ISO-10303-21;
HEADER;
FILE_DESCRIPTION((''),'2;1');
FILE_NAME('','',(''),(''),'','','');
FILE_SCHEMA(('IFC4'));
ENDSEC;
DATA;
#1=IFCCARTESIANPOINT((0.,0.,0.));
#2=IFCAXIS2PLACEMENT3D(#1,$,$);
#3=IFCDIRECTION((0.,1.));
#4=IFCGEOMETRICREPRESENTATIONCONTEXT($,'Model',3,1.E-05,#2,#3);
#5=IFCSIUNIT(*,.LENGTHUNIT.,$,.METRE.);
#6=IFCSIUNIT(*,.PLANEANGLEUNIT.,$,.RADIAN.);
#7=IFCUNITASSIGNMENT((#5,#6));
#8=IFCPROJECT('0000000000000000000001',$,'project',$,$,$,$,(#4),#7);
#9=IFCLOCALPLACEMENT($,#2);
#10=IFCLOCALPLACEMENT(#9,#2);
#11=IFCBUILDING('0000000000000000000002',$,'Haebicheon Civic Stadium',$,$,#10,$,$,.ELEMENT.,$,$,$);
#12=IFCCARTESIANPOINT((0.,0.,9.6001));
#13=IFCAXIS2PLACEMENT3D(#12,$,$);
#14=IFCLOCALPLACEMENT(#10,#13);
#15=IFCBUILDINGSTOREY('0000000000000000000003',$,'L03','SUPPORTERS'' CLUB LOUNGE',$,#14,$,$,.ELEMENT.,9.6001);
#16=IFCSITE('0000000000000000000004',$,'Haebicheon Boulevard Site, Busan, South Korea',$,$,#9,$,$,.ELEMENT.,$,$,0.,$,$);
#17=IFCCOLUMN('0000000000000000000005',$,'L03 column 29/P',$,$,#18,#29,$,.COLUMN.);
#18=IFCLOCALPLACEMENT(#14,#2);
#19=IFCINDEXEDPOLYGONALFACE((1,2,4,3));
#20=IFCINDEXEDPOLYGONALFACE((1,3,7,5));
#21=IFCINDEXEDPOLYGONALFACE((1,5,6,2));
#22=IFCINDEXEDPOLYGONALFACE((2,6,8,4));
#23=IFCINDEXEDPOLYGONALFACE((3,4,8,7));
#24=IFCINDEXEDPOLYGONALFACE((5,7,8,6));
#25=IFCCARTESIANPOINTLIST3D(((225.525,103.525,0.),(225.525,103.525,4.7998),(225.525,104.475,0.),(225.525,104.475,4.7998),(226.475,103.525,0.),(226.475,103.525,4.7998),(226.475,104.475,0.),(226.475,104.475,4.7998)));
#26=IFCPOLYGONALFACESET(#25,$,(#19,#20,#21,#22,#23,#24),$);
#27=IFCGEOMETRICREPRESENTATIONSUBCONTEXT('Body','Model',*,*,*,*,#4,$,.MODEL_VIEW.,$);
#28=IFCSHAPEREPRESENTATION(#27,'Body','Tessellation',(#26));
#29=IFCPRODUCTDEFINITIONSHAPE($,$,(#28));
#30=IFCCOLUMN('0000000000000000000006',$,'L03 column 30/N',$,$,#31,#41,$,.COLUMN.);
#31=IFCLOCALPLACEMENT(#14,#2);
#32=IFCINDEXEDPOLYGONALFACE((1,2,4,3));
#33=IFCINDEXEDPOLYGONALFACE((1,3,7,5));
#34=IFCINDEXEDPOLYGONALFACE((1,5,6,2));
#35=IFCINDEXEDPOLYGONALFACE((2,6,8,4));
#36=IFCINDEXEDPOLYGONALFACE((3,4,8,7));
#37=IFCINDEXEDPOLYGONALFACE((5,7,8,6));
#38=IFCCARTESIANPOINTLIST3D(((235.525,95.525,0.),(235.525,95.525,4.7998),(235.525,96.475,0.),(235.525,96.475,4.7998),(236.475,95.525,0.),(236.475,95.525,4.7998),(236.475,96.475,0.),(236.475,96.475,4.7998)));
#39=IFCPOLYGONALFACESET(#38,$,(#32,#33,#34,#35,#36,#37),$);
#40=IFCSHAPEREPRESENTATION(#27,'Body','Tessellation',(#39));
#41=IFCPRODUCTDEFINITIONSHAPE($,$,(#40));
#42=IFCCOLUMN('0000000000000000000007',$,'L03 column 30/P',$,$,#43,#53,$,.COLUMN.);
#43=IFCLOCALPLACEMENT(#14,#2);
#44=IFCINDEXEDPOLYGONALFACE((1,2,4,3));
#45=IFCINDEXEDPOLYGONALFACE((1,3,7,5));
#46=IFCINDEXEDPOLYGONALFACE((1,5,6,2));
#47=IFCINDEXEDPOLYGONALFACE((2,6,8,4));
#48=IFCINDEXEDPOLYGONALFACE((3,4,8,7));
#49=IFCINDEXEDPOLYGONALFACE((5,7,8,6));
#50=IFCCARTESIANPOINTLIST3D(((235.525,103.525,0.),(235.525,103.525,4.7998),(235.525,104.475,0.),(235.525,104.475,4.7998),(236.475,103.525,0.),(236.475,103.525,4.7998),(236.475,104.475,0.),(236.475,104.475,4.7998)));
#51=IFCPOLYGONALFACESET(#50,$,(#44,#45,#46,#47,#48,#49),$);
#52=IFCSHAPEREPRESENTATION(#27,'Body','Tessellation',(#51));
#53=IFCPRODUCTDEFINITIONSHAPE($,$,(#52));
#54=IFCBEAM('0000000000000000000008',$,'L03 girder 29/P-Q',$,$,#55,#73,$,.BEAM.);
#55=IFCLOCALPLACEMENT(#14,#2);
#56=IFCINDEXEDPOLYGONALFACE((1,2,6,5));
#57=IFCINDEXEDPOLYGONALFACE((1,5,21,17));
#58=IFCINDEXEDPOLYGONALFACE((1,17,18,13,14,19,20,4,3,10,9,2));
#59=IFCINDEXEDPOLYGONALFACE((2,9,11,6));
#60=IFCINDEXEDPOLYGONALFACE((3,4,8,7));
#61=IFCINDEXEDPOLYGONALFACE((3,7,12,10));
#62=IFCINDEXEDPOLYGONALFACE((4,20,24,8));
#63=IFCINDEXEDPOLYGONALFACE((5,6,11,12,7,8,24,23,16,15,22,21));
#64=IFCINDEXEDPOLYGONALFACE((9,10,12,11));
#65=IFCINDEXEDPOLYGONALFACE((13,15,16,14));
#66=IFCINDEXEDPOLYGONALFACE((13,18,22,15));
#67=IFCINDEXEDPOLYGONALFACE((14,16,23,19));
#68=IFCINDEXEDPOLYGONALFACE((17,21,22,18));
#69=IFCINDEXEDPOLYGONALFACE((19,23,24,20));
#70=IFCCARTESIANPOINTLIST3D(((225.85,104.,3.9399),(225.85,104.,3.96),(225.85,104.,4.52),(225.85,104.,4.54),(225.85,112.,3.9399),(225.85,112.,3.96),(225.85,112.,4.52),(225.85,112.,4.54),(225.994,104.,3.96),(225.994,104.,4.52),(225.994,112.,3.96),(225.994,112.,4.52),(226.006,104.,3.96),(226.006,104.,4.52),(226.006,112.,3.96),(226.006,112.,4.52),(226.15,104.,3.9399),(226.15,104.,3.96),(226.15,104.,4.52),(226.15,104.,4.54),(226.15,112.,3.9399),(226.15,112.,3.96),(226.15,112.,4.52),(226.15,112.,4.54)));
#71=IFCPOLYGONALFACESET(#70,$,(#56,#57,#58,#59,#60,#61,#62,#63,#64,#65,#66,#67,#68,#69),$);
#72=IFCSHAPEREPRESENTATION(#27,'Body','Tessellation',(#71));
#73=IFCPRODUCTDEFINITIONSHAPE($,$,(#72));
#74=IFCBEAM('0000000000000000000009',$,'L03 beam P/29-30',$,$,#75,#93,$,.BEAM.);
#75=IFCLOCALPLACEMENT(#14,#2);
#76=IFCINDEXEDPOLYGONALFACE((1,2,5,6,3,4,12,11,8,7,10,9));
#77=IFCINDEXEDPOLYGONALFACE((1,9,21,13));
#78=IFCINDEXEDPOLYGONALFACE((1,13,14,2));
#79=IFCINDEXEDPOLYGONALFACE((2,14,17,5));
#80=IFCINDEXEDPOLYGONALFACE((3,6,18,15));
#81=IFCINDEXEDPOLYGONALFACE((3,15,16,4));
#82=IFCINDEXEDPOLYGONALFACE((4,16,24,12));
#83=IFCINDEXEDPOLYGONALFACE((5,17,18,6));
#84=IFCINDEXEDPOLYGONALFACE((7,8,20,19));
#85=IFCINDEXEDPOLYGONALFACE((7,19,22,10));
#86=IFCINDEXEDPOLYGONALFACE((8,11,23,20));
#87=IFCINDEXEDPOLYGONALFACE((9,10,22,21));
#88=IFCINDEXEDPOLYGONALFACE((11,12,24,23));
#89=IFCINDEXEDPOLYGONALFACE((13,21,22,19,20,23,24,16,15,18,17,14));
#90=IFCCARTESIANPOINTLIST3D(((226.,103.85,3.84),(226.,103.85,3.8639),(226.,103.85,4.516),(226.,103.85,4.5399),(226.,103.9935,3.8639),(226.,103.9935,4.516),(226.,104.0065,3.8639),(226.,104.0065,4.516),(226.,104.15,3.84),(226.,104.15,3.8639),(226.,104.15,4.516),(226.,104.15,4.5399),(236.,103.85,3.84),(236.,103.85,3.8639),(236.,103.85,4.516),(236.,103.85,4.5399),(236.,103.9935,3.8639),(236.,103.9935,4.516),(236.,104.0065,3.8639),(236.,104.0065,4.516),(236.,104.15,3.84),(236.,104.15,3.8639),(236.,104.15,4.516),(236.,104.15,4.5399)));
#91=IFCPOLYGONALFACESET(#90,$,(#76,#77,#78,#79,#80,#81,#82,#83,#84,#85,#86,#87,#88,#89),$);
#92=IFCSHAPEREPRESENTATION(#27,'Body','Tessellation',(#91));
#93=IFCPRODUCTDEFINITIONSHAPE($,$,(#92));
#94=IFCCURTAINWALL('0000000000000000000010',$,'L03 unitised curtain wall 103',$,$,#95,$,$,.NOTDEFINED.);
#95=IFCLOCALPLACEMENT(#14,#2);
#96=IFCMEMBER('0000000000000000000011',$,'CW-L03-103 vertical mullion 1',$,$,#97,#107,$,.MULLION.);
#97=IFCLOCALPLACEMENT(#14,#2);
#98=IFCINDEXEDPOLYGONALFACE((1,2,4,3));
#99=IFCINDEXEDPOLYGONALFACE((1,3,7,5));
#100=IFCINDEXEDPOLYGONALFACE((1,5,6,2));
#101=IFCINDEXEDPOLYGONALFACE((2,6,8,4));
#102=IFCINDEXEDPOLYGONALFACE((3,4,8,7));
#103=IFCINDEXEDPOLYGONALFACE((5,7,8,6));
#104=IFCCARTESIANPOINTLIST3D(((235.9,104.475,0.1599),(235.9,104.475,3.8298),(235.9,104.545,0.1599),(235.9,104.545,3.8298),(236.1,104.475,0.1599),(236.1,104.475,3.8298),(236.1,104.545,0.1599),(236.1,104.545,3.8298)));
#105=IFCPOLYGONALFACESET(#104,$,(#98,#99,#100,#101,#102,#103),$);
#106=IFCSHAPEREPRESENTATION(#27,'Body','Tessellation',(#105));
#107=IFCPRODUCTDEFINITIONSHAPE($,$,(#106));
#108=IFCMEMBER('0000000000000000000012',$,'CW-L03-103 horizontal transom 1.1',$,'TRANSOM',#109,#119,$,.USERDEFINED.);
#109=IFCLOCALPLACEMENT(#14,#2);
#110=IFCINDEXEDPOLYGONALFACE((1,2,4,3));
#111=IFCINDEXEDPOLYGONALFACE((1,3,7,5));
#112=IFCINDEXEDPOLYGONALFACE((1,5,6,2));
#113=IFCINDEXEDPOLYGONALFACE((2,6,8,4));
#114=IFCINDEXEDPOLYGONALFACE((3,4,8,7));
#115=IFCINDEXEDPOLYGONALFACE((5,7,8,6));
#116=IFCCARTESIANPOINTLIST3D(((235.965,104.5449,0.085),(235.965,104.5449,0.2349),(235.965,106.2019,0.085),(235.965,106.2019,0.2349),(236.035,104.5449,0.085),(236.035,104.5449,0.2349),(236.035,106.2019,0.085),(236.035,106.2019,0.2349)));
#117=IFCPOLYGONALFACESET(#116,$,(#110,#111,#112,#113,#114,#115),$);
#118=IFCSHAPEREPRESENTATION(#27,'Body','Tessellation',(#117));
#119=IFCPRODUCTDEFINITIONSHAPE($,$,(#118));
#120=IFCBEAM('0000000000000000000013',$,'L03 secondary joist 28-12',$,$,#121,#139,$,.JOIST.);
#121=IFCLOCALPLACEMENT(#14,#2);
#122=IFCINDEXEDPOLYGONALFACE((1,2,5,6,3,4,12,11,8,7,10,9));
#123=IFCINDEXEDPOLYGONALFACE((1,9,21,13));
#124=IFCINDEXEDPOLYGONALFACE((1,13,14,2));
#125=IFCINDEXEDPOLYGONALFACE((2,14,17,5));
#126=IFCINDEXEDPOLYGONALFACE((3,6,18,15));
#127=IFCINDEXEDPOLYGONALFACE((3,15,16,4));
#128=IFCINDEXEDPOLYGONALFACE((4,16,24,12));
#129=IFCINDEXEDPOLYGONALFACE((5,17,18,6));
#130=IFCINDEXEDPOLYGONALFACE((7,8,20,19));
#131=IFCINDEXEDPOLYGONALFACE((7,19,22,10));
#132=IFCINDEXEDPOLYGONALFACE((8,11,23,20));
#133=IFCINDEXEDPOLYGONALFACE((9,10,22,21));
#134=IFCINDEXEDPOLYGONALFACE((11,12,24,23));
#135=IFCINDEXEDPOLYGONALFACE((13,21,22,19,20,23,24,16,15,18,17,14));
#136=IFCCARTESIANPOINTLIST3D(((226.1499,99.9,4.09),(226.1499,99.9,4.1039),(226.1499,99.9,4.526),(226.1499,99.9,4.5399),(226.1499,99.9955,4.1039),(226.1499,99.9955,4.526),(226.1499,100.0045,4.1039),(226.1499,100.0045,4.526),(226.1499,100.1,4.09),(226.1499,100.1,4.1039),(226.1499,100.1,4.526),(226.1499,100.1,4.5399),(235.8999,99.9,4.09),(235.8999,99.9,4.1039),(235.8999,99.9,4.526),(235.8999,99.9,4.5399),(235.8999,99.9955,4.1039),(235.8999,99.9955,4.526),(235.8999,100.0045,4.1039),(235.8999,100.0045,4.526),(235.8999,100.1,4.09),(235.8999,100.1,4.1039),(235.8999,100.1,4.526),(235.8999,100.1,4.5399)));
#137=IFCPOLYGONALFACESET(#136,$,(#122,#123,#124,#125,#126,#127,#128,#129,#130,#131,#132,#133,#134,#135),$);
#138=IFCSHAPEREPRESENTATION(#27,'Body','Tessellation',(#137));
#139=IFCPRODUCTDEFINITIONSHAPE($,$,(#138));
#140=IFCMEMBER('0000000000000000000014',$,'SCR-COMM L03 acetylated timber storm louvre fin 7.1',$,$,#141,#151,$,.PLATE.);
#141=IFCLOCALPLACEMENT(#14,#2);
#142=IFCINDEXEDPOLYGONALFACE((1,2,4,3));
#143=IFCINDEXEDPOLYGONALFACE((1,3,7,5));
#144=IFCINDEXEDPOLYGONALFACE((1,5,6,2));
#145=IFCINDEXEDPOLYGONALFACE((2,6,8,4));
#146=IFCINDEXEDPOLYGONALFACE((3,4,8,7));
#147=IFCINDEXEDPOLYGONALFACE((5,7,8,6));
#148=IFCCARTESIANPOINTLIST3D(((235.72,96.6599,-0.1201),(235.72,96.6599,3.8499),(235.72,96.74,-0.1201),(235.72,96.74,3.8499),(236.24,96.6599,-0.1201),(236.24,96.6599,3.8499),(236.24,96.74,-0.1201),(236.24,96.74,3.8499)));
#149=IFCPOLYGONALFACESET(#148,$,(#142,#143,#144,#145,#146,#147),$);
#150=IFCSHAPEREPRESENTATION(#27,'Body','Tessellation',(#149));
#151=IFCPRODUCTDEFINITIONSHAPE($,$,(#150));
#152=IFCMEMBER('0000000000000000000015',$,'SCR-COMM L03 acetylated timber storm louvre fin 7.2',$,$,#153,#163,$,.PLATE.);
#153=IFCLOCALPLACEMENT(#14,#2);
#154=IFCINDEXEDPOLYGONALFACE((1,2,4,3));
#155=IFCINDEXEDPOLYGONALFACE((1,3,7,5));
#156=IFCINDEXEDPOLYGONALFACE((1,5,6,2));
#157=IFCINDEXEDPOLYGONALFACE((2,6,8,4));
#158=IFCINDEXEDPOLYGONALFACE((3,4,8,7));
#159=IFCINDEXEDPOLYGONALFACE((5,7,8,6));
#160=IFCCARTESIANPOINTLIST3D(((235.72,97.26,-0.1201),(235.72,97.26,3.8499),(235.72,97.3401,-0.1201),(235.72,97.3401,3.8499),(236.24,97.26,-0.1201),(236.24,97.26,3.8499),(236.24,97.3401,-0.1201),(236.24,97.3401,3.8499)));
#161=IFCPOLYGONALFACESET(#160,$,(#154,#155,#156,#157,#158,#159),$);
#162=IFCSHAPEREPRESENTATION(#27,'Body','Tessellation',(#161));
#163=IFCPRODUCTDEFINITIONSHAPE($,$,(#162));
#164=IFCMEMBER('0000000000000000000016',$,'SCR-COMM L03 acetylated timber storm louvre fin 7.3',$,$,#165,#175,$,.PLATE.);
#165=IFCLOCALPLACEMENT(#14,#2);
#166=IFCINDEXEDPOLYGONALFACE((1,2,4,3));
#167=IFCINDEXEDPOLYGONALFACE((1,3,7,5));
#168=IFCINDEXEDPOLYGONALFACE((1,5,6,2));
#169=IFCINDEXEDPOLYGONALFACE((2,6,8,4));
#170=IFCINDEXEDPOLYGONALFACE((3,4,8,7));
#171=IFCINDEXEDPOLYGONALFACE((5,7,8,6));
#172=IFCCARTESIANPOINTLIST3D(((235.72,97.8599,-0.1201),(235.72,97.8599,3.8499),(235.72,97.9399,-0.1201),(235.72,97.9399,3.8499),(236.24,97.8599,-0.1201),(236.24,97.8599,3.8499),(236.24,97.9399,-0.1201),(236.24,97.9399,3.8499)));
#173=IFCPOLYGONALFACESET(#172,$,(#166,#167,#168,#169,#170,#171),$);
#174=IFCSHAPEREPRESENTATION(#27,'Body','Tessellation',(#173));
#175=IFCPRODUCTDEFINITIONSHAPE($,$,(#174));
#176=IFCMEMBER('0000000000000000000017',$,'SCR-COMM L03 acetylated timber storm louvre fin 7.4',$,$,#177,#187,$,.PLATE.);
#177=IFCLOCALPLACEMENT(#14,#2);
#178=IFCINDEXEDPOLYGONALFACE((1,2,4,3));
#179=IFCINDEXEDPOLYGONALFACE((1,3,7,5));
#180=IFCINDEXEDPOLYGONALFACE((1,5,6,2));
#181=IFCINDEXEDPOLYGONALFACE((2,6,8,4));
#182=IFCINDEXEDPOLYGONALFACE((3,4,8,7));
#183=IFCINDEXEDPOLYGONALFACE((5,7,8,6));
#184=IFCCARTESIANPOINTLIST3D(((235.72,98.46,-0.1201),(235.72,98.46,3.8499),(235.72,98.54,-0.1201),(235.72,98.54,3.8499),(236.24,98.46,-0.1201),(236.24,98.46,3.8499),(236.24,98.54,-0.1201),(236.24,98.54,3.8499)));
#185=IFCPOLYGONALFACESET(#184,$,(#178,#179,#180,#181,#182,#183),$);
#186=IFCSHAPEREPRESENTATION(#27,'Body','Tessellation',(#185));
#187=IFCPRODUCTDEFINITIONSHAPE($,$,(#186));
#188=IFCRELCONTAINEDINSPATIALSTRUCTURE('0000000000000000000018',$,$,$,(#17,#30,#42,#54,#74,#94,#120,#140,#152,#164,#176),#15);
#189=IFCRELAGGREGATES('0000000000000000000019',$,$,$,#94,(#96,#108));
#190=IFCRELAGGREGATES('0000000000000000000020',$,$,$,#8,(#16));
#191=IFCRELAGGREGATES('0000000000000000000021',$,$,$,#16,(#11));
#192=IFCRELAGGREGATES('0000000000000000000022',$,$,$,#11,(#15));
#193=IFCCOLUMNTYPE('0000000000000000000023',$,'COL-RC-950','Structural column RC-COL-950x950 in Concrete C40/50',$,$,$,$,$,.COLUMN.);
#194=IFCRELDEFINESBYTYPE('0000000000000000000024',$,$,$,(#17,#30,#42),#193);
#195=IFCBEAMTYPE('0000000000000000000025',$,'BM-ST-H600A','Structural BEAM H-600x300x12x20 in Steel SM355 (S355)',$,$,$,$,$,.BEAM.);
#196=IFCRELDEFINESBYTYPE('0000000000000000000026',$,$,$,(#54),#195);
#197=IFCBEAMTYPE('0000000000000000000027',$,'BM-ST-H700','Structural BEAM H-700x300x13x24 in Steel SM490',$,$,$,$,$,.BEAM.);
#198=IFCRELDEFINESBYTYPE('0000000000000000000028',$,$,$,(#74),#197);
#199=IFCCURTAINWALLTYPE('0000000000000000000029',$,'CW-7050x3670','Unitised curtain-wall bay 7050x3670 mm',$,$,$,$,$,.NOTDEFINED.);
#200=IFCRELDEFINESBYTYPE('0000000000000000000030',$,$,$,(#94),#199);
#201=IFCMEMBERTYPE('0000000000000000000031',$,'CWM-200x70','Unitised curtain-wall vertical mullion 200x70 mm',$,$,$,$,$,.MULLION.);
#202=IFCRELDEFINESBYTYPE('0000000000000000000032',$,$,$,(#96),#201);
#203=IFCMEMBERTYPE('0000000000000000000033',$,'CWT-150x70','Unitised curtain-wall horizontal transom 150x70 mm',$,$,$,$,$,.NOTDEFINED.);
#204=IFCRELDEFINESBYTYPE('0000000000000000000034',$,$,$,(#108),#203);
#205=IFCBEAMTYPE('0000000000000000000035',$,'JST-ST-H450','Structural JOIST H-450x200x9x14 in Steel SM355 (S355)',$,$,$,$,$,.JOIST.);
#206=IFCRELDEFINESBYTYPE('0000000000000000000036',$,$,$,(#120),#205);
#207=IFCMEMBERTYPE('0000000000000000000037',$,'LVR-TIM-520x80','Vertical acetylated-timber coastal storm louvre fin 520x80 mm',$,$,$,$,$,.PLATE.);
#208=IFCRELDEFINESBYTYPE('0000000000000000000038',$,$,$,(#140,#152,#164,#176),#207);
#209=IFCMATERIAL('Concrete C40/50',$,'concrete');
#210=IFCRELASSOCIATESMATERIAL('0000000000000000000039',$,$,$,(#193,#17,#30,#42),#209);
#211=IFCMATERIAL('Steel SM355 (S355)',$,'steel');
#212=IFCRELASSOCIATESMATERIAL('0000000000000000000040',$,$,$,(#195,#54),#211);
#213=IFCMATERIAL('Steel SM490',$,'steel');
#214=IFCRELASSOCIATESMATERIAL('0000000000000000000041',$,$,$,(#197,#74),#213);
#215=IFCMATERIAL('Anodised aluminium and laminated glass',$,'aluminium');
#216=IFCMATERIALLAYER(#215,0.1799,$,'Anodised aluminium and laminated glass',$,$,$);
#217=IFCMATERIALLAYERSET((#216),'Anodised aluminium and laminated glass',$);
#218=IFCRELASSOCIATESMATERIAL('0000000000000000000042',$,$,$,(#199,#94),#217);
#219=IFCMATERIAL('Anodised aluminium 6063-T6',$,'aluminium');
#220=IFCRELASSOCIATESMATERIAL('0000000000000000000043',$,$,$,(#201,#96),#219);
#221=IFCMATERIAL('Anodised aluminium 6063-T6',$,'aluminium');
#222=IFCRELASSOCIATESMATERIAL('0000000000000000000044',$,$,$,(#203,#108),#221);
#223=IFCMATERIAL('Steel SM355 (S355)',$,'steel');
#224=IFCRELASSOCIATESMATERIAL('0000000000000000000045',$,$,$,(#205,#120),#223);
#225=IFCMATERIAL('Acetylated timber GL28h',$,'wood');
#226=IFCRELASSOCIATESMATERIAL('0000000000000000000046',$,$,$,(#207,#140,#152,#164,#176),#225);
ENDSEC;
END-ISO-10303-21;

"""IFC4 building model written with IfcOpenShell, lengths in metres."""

from ifc_helpers import new_model, si_unit, direction, frame, origin, origin_2d, place, context, subcontext, project, spatial, rectangle, i_section, extrude, material, layer, layer_set, material_profile, profile_set, type_object, element, aggregate, save


model = new_model("IFC4")

# Units and contexts
model_context = context("Model", 3, precision=1e-05, world=origin(), true_north=direction((0.0, 1.0)))
body_context = subcontext(model_context, "Body", "Model", "MODEL_VIEW")
ifc_project = project(units=[si_unit("LENGTHUNIT", "METRE"), si_unit("PLANEANGLEUNIT", "RADIAN")], contexts=[model_context])

# Site, building, storey
site_placement = place(None, origin())
site = spatial("IfcSite", under=ifc_project, at=site_placement, Name="Haebicheon Boulevard Site, Busan, South Korea", CompositionType="ELEMENT", RefElevation=0.0)
building_placement = place(site_placement, origin())
building = spatial("IfcBuilding", under=site, at=building_placement, Name="Haebicheon Civic Stadium", CompositionType="ELEMENT")
storey_placement = place(building_placement, frame((0.0, 0.0, 9.6001)))
storey = spatial("IfcBuildingStorey", under=building, at=storey_placement, Name="L03", Description="SUPPORTERS' CLUB LOUNGE", CompositionType="ELEMENT", Elevation=9.6001)

# Columns
ifc_material_1 = material(Name="Concrete C40/50", Category="concrete")
ifc_material_profile_1 = material_profile(ifc_material_1, rectangle(XDim=0.95, YDim=0.95, at=origin_2d()), Name="RC-COL-950x950")
ifc_profile_set_1 = profile_set([ifc_material_profile_1], Name="Concrete C40/50")
column_type = type_object("IfcColumnType", Name="COL-RC-950", Description="Structural column RC-COL-950x950 in Concrete C40/50", PredefinedType="COLUMN", material=ifc_profile_set_1)
for number, where, z_axis, x_axis, name in (
    (1, (226.0, 104.0, 0.0), (0.0, 0.0, 1.0), (1.0, 0.0, 0.0), "L03 column 29/P"),
    (2, (236.0, 96.0, 0.0), (0.0, 0.0, 1.0), (1.0, 0.0, 0.0), "L03 column 30/N"),
    (3, (236.0, 104.0, 0.0), (0.0, 0.0, 1.0), (1.0, 0.0, 0.0), "L03 column 30/P"),
):
    element("IfcColumn", number, at=place(storey_placement, frame(where, z_axis=z_axis, x_axis=x_axis)), inside=storey, type_object=column_type, material=ifc_profile_set_1, Name=name, PredefinedType="COLUMN", context=body_context, shape_type="SweptSolid", body=[
        extrude(rectangle(XDim=0.95, YDim=0.95, at=origin_2d()), origin(), (0.0, 0.0, 1.0), 4.7998),
    ])

# Beams
ifc_material_2 = material(Name="Steel SM355 (S355)", Category="steel")
ifc_material_profile_2 = material_profile(ifc_material_2, i_section(OverallWidth=0.3, OverallDepth=0.6001, WebThickness=0.012, FlangeThickness=0.02, at=origin_2d()), Name="H-600x300x12x20")
ifc_profile_set_2 = profile_set([ifc_material_profile_2], Name="Steel SM355 (S355)")
beam_type_1 = type_object("IfcBeamType", Name="BM-ST-H600A", Description="Structural BEAM H-600x300x12x20 in Steel SM355 (S355)", PredefinedType="BEAM", material=ifc_profile_set_2)
beam_1_placement = place(storey_placement, frame((226.0, 104.0, 4.24), z_axis=(0.0, 1.0, 0.0), x_axis=(-1.0, 0.0, 0.0)))
element("IfcBeam", 4, at=beam_1_placement, inside=storey, type_object=beam_type_1, material=ifc_profile_set_2, Name="L03 girder 29/P-Q", PredefinedType="BEAM", context=body_context, shape_type="SweptSolid", body=[
    extrude(i_section(OverallWidth=0.3, OverallDepth=0.6001, WebThickness=0.012, FlangeThickness=0.02, at=origin_2d()), origin(), (0.0, 0.0, 1.0), 8.0),
])
ifc_material_3 = material(Name="Steel SM490", Category="steel")
ifc_material_profile_3 = material_profile(ifc_material_3, i_section(OverallWidth=0.3, OverallDepth=0.7, WebThickness=0.0129, FlangeThickness=0.0239, at=origin_2d()), Name="H-700x300x13x24")
ifc_profile_set_3 = profile_set([ifc_material_profile_3], Name="Steel SM490")
beam_type_2 = type_object("IfcBeamType", Name="BM-ST-H700", Description="Structural BEAM H-700x300x13x24 in Steel SM490", PredefinedType="BEAM", material=ifc_profile_set_3)
beam_2_placement = place(storey_placement, frame((226.0, 104.0, 4.1899), z_axis=(1.0, 0.0, 0.0), x_axis=(0.0, 1.0, 0.0)))
element("IfcBeam", 5, at=beam_2_placement, inside=storey, type_object=beam_type_2, material=ifc_profile_set_3, Name="L03 beam P/29-30", PredefinedType="BEAM", context=body_context, shape_type="SweptSolid", body=[
    extrude(i_section(OverallWidth=0.3, OverallDepth=0.7, WebThickness=0.0129, FlangeThickness=0.0239, at=origin_2d()), origin(), (0.0, 0.0, 1.0), 10.0),
])

# Curtain wall, members
ifc_material_4 = material(Name="Anodised aluminium and laminated glass", Category="aluminium")
ifc_layer_1 = layer(ifc_material_4, 0.1799, Name="Anodised aluminium and laminated glass")
ifc_layer_set_1 = layer_set([ifc_layer_1], Name="Anodised aluminium and laminated glass")
curtain_wall_type = type_object("IfcCurtainWallType", Name="CW-7050x3670", Description="Unitised curtain-wall bay 7050x3670 mm", PredefinedType="NOTDEFINED", material=ifc_layer_set_1)
curtain_wall_placement = place(storey_placement, origin())
curtain_wall = element("IfcCurtainWall", 6, at=curtain_wall_placement, inside=storey, type_object=curtain_wall_type, material=ifc_layer_set_1, Name="L03 unitised curtain wall 103", PredefinedType="NOTDEFINED")
ifc_material_5 = material(Name="Anodised aluminium 6063-T6", Category="aluminium")
ifc_material_profile_4 = material_profile(ifc_material_5, rectangle(XDim=0.0701, YDim=0.2, at=origin_2d()), Name="ALU-MULL-70x200")
ifc_profile_set_4 = profile_set([ifc_material_profile_4], Name="Anodised aluminium 6063-T6")
member_type_1 = type_object("IfcMemberType", Name="CWM-200x70", Description="Unitised curtain-wall vertical mullion 200x70 mm", PredefinedType="MULLION", material=ifc_profile_set_4)
member_1_placement = place(storey_placement, frame((236.0, 104.51, 0.1599), z_axis=(0.0, 0.0, 1.0), x_axis=(0.0, 1.0, 0.0)))
member_1 = element("IfcMember", 7, at=member_1_placement, type_object=member_type_1, material=ifc_profile_set_4, Name="CW-L03-103 vertical mullion 1", PredefinedType="MULLION", context=body_context, shape_type="SweptSolid", body=[
    extrude(rectangle(XDim=0.0701, YDim=0.2, at=origin_2d()), origin(), (0.0, 0.0, 1.0), 3.6699),
])
ifc_material_6 = material(Name="Anodised aluminium 6063-T6", Category="aluminium")
ifc_material_profile_5 = material_profile(ifc_material_6, rectangle(XDim=0.0701, YDim=0.1499, at=origin_2d()), Name="ALU-TRAN-70x150")
ifc_profile_set_5 = profile_set([ifc_material_profile_5], Name="Anodised aluminium 6063-T6")
member_type_2 = type_object("IfcMemberType", Name="CWT-150x70", Description="Unitised curtain-wall horizontal transom 150x70 mm", PredefinedType="NOTDEFINED", material=ifc_profile_set_5)
member_2_placement = place(storey_placement, frame((236.0, 104.5449, 0.1599), z_axis=(0.0, 1.0, 0.0), x_axis=(-1.0, 0.0, 0.0)))
member_2 = element("IfcMember", 8, at=member_2_placement, type_object=member_type_2, material=ifc_profile_set_5, Name="CW-L03-103 horizontal transom 1.1", ObjectType="TRANSOM", PredefinedType="USERDEFINED", context=body_context, shape_type="SweptSolid", body=[
    extrude(rectangle(XDim=0.0701, YDim=0.1499, at=origin_2d()), origin(), (0.0, 0.0, 1.0), 1.657),
])
aggregate(curtain_wall, [member_1, member_2])

# Beam
ifc_material_7 = material(Name="Steel SM355 (S355)", Category="steel")
ifc_material_profile_6 = material_profile(ifc_material_7, i_section(OverallWidth=0.2, OverallDepth=0.45, WebThickness=0.009, FlangeThickness=0.0139, at=origin_2d()), Name="H-450x200x9x14")
ifc_profile_set_6 = profile_set([ifc_material_profile_6], Name="Steel SM355 (S355)")
beam_type_3 = type_object("IfcBeamType", Name="JST-ST-H450", Description="Structural JOIST H-450x200x9x14 in Steel SM355 (S355)", PredefinedType="JOIST", material=ifc_profile_set_6)
beam_3_placement = place(storey_placement, frame((226.1499, 100.0, 4.3149), z_axis=(1.0, 0.0, 0.0), x_axis=(0.0, 1.0, 0.0)))
element("IfcBeam", 9, at=beam_3_placement, inside=storey, type_object=beam_type_3, material=ifc_profile_set_6, Name="L03 secondary joist 28-12", PredefinedType="JOIST", context=body_context, shape_type="SweptSolid", body=[
    extrude(i_section(OverallWidth=0.2, OverallDepth=0.45, WebThickness=0.009, FlangeThickness=0.0139, at=origin_2d()), origin(), (0.0, 0.0, 1.0), 9.75),
])

# Members
ifc_material_8 = material(Name="Acetylated timber GL28h", Category="wood")
ifc_material_profile_7 = material_profile(ifc_material_8, rectangle(XDim=0.0801, YDim=0.52, at=origin_2d()), Name="TMB-LOUV-80x520")
ifc_profile_set_7 = profile_set([ifc_material_profile_7], Name="Acetylated timber GL28h")
member_type_3 = type_object("IfcMemberType", Name="LVR-TIM-520x80", Description="Vertical acetylated-timber coastal storm louvre fin 520x80 mm", PredefinedType="PLATE", material=ifc_profile_set_7)
for number, where, z_axis, x_axis, name in (
    (10, (235.98, 96.7, -0.1201), (0.0, 0.0, 1.0), (0.0, 1.0, 0.0), "SCR-COMM L03 acetylated timber storm louvre fin 7.1"),
    (11, (235.98, 97.3, -0.1201), (0.0, 0.0, 1.0), (0.0, 1.0, 0.0), "SCR-COMM L03 acetylated timber storm louvre fin 7.2"),
    (12, (235.98, 97.8999, -0.1201), (0.0, 0.0, 1.0), (0.0, 1.0, 0.0), "SCR-COMM L03 acetylated timber storm louvre fin 7.3"),
    (13, (235.98, 98.5, -0.1201), (0.0, 0.0, 1.0), (0.0, 1.0, 0.0), "SCR-COMM L03 acetylated timber storm louvre fin 7.4"),
):
    element("IfcMember", number, at=place(storey_placement, frame(where, z_axis=z_axis, x_axis=x_axis)), inside=storey, type_object=member_type_3, material=ifc_profile_set_7, Name=name, PredefinedType="PLATE", context=body_context, shape_type="SweptSolid", body=[
        extrude(rectangle(XDim=0.0801, YDim=0.52, at=origin_2d()), origin(), (0.0, 0.0, 1.0), 3.97),
    ])

save(model, "model.ifc")
